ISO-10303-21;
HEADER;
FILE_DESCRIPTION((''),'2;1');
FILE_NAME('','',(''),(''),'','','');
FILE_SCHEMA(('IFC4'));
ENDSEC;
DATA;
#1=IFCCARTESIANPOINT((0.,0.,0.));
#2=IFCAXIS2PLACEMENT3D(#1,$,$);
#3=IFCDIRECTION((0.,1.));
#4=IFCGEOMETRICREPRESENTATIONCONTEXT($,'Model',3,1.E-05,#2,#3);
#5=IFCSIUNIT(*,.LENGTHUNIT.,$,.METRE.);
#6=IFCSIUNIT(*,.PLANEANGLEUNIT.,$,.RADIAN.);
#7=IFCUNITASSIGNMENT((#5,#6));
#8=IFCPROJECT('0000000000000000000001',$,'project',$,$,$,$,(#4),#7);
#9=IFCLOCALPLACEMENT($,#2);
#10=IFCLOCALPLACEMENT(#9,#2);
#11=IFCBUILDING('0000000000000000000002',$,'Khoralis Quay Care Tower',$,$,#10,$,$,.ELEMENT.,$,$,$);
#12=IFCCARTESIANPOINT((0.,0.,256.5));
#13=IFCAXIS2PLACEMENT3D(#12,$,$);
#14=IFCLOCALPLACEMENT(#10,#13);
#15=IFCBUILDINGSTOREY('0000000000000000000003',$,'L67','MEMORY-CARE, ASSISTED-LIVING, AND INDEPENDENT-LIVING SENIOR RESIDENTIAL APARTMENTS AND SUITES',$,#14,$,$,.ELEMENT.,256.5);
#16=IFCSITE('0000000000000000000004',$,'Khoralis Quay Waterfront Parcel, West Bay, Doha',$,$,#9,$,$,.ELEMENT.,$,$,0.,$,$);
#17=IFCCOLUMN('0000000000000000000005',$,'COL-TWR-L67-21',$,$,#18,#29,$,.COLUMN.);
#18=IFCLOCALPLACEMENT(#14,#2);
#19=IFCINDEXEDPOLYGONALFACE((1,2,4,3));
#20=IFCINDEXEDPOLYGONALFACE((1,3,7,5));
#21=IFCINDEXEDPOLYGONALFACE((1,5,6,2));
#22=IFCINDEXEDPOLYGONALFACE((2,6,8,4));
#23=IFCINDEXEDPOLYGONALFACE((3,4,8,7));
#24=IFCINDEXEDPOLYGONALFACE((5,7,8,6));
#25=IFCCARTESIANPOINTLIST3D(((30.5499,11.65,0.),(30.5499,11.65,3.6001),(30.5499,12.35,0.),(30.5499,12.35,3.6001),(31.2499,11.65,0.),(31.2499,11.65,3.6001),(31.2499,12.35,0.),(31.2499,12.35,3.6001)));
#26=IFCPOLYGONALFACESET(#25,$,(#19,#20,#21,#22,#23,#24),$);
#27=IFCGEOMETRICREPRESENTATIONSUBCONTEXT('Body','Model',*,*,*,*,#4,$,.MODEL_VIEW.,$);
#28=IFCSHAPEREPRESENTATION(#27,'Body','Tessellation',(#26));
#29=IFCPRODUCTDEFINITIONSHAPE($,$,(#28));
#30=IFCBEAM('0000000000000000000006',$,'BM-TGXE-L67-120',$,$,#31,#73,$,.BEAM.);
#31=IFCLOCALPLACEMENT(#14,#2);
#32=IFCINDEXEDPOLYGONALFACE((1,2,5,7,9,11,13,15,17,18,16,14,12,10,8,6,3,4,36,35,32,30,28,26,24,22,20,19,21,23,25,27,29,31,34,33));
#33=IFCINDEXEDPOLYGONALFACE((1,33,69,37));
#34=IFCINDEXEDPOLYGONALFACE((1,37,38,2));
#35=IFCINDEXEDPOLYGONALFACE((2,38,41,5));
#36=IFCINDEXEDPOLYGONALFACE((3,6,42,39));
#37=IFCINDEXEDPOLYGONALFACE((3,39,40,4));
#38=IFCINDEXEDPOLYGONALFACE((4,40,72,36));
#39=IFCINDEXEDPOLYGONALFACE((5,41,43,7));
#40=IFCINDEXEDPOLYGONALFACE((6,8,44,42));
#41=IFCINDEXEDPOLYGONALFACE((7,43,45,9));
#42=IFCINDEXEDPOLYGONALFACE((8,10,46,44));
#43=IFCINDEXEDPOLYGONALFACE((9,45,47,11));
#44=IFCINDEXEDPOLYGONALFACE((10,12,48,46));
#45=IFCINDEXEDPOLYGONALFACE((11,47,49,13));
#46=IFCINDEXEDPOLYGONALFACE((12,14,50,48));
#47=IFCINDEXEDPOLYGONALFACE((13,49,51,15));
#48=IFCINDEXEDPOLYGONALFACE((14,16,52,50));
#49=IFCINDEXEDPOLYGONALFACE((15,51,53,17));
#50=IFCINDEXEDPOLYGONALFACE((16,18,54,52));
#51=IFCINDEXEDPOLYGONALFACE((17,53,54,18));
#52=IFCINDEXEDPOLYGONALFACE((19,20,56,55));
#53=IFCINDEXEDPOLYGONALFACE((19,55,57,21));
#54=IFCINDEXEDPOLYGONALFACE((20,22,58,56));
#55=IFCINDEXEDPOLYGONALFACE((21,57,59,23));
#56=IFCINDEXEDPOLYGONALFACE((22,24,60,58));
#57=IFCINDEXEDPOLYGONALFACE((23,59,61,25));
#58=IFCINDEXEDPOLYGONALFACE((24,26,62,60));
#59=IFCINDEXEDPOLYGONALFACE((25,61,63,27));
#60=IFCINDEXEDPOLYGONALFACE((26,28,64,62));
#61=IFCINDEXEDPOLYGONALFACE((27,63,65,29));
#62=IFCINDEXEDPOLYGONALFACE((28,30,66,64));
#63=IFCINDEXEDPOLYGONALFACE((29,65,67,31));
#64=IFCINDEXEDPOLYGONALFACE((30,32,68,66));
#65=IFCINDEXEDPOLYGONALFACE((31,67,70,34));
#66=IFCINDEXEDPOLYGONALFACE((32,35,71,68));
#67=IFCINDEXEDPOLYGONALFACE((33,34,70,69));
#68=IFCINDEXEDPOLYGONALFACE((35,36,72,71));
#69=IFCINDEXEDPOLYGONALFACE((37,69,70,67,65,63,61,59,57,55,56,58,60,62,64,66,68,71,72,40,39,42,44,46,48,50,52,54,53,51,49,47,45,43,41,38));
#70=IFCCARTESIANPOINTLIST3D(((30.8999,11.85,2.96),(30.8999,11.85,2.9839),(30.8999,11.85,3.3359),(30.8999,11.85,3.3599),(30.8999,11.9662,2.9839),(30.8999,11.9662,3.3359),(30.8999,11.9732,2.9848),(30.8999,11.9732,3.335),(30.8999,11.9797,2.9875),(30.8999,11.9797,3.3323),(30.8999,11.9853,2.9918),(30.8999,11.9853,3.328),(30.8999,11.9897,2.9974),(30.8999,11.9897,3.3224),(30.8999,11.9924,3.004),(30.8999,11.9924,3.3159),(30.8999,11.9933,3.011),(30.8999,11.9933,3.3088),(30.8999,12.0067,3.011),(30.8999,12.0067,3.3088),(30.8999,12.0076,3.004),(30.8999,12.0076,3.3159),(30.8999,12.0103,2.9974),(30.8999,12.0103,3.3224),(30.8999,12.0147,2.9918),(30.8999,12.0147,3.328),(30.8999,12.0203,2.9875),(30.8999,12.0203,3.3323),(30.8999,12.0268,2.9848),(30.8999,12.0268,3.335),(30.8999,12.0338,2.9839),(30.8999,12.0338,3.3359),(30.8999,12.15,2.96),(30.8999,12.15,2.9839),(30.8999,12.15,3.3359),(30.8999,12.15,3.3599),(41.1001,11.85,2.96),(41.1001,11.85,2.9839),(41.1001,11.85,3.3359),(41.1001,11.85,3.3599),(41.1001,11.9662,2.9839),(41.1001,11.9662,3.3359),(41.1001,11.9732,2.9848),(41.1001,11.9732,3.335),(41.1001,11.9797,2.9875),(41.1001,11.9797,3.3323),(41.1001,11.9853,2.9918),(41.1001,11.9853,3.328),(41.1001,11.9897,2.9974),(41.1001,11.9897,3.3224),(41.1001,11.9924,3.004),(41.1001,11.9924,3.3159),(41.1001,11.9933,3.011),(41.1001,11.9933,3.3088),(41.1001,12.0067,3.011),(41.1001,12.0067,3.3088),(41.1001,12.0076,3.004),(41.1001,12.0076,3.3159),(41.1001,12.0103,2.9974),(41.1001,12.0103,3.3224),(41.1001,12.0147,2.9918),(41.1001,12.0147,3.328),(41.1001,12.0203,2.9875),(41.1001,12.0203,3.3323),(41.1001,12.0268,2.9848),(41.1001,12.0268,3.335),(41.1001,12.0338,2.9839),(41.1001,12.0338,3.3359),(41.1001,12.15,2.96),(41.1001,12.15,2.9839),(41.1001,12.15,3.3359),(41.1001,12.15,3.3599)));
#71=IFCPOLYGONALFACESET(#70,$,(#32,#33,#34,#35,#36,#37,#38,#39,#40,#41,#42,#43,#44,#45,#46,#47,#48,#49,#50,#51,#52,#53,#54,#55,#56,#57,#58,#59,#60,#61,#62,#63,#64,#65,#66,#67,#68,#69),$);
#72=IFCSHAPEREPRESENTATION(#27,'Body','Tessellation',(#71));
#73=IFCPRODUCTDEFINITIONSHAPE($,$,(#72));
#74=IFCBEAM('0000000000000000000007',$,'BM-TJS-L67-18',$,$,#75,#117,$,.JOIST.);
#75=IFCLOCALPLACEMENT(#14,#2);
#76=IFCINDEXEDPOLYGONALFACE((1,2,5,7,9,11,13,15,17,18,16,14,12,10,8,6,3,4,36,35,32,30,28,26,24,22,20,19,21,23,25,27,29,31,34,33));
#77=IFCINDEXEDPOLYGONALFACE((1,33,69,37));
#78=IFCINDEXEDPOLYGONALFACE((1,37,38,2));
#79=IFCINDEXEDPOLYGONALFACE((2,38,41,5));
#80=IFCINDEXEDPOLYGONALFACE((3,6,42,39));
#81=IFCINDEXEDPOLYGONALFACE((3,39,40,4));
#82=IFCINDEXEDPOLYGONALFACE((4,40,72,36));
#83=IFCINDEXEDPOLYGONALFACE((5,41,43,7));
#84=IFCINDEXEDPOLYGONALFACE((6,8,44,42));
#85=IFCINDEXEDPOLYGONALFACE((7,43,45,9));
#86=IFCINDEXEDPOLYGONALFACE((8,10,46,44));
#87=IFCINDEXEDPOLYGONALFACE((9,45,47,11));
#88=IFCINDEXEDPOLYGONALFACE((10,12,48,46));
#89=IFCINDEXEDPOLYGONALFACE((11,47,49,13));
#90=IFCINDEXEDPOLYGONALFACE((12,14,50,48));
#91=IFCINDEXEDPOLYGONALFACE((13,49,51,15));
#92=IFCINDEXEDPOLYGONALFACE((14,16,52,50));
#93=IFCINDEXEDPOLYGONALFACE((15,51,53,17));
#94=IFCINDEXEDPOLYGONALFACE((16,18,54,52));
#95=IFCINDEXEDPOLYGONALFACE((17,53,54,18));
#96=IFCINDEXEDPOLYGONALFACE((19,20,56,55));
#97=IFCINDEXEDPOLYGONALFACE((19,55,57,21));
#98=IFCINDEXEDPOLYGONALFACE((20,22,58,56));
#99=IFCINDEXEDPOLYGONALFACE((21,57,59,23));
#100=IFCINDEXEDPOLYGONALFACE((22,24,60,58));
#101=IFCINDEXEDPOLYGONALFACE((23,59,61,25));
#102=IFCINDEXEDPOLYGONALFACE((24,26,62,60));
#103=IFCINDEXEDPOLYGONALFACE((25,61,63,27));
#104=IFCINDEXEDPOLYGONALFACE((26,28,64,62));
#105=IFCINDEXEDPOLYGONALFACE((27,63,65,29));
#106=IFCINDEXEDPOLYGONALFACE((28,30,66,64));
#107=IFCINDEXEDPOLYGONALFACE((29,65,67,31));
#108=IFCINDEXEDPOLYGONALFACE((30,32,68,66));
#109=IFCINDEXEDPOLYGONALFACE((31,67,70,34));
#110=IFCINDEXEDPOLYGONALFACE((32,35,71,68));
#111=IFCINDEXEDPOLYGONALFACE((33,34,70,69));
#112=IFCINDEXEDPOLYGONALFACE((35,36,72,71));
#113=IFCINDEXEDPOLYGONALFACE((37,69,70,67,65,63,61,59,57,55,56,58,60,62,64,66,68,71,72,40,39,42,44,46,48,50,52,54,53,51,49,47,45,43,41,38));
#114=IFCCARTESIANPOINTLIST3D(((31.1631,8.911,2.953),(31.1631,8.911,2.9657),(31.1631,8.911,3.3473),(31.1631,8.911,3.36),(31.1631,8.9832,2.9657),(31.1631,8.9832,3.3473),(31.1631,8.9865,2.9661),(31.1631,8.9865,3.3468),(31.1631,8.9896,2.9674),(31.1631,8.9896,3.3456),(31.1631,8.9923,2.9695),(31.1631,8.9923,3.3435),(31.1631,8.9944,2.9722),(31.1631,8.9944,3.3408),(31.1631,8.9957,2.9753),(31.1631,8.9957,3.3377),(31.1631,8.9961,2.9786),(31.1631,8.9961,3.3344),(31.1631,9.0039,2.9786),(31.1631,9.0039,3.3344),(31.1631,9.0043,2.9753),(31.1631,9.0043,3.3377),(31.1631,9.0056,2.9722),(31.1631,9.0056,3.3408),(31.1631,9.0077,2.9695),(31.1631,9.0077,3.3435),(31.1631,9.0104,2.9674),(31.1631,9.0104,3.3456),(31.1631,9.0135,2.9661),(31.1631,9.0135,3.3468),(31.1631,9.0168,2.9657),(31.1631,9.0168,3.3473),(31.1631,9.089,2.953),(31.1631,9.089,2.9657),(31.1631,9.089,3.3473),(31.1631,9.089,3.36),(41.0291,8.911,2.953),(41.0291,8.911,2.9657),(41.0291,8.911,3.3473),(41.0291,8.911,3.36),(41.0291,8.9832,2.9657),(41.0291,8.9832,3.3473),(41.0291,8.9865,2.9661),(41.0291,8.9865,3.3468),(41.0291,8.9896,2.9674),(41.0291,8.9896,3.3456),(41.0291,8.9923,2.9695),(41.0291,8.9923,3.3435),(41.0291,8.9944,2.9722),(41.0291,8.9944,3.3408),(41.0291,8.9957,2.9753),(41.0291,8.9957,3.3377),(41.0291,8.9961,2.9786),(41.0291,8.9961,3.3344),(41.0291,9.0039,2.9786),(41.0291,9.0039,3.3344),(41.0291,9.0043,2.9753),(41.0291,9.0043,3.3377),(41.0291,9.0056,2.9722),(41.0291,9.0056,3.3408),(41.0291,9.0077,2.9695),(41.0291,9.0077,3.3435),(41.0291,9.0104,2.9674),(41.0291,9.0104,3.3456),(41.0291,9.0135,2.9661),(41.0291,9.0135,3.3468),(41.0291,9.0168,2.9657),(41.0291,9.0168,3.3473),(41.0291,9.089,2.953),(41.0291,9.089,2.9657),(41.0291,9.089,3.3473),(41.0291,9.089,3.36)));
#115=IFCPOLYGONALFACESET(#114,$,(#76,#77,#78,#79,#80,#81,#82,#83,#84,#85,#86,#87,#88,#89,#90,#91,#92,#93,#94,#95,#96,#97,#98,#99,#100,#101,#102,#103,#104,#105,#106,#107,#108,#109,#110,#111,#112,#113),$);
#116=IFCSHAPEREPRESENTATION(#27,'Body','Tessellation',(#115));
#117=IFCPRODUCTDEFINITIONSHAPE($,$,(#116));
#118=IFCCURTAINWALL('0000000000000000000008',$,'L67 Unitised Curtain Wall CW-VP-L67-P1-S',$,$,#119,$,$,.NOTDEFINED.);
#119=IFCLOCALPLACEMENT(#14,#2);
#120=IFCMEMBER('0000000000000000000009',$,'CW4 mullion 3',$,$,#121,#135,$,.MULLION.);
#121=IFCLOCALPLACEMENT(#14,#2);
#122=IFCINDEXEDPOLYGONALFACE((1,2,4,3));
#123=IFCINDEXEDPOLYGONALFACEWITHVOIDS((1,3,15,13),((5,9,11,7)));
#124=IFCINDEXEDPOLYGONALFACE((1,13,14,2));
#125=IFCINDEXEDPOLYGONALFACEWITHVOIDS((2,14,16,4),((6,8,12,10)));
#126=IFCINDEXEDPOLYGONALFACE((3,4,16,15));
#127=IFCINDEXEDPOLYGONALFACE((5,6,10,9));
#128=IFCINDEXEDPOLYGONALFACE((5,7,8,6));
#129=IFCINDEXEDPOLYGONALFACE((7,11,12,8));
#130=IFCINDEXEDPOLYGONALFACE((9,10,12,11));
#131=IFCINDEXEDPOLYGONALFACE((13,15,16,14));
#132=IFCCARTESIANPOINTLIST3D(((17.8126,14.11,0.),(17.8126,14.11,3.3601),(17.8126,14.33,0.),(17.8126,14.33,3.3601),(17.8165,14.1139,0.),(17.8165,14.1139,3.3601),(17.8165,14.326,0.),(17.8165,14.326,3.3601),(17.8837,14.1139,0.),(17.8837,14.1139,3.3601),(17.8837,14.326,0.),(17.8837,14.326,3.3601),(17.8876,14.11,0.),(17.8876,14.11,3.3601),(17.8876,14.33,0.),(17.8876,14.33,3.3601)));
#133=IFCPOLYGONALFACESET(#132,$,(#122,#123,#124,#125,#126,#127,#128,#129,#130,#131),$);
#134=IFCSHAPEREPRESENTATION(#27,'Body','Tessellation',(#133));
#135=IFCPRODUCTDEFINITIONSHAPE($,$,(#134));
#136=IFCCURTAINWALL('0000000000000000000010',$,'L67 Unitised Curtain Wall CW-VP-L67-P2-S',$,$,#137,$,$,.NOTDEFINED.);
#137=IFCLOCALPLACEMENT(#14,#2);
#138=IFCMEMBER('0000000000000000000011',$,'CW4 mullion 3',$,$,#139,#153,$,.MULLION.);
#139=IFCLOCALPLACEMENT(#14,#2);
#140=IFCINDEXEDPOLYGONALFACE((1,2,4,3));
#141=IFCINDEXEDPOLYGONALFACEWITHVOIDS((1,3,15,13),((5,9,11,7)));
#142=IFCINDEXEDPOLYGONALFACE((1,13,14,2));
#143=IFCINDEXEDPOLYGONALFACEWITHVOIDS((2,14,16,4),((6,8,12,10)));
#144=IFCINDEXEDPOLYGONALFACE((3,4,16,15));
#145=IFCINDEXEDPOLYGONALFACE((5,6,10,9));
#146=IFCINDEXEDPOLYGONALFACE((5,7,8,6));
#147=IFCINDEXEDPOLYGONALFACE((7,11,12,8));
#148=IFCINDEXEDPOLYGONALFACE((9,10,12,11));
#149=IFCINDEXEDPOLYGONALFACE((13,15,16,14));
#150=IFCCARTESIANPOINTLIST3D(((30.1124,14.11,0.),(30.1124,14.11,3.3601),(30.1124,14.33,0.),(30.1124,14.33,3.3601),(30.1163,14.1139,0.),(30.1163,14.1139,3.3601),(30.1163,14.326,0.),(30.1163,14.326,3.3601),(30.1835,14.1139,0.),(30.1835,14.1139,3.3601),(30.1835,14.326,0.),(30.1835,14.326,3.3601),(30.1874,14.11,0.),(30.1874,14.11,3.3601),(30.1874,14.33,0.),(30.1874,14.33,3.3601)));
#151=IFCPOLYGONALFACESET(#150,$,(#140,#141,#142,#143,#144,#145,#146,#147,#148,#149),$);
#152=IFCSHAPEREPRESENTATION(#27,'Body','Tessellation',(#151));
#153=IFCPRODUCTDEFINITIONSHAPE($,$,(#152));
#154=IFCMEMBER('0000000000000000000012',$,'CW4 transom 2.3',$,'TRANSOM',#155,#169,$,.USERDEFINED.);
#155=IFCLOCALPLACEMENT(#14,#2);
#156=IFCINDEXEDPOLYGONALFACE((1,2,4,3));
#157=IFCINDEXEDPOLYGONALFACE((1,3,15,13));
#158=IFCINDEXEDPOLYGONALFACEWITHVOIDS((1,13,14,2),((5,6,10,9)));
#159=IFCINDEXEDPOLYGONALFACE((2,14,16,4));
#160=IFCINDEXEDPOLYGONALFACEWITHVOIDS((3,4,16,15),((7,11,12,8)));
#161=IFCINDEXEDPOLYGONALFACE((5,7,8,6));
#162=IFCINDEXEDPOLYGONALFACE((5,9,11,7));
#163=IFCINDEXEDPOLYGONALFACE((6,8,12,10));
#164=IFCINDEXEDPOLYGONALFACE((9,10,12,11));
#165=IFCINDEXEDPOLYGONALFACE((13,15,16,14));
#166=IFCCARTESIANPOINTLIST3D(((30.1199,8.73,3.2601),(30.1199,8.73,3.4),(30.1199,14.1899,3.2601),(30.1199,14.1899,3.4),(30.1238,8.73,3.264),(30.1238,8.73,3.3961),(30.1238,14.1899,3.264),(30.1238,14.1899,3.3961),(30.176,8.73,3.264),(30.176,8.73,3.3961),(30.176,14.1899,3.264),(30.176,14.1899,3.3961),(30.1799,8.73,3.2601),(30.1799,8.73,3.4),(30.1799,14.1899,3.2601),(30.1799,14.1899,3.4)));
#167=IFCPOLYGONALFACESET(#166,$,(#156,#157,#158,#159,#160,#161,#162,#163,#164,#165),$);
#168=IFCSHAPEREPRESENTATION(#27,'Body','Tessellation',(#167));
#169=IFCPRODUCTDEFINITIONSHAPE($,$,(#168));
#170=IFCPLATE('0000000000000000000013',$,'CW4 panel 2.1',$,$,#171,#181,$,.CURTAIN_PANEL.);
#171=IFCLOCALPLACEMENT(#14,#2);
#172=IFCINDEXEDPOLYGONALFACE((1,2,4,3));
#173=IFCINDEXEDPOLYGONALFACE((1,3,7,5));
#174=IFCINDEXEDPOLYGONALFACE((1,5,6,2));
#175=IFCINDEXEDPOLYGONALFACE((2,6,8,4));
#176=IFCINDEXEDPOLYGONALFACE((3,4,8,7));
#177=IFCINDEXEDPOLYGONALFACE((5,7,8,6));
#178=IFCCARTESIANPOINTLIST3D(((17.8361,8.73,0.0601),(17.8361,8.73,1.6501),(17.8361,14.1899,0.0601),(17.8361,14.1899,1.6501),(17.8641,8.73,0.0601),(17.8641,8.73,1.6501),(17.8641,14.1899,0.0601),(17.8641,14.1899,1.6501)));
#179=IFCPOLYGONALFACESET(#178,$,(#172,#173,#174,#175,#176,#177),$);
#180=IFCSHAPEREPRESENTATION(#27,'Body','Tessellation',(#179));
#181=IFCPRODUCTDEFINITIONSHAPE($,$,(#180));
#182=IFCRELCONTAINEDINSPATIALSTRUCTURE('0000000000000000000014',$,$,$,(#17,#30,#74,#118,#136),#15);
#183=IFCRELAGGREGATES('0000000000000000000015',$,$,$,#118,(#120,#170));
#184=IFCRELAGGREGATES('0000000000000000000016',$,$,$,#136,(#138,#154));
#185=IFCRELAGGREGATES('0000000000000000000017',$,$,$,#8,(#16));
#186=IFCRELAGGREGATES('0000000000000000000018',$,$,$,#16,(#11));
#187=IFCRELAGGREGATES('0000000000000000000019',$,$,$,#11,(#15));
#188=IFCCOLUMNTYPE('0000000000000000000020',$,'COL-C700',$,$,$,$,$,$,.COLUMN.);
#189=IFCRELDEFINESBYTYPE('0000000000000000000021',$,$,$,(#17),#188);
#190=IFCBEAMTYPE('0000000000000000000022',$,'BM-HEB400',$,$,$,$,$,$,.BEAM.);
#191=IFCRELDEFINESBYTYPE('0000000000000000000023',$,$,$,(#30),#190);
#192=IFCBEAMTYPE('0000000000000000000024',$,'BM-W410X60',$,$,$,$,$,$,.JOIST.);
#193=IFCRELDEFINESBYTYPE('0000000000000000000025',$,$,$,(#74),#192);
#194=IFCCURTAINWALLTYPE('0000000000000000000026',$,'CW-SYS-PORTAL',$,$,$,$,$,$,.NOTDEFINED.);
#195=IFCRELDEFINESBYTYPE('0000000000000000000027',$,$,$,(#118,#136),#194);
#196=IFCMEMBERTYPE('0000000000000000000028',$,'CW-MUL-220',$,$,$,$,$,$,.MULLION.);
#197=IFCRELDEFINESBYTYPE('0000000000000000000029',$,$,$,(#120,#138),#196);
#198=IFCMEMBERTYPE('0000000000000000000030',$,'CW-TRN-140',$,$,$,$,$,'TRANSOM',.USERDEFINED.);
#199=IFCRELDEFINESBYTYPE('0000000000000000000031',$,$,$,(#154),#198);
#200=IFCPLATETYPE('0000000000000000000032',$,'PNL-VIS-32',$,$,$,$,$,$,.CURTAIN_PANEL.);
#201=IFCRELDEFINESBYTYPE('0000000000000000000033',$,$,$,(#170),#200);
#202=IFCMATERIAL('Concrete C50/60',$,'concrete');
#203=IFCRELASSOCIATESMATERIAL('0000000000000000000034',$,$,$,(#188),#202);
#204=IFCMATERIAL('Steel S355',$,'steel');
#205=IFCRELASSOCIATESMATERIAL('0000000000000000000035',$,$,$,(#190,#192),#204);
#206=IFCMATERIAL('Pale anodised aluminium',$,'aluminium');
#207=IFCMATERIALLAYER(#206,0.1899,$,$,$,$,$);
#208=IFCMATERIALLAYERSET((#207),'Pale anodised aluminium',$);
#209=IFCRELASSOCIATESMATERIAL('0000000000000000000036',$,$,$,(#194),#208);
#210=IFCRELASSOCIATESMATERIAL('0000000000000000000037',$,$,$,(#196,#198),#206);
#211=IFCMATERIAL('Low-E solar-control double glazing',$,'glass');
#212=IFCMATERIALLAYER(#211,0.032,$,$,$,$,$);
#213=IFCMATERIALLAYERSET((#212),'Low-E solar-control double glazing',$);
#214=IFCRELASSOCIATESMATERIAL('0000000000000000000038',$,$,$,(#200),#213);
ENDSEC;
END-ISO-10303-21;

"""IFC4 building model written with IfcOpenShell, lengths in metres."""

from ifc_helpers import new_model, si_unit, direction, frame, origin, origin_2d, place, context, subcontext, project, spatial, rectangle, hollow_rectangle, i_section, extrude, source, transform, mapped, material, layer, layer_set, material_profile, profile_set, type_object, element, aggregate, save


model = new_model("IFC4")

# Units and contexts
model_context = context("Model", 3, precision=1e-05, world=origin(), true_north=direction((0.0, 1.0)))
body_context = subcontext(model_context, "Body", "Model", "MODEL_VIEW")
ifc_project = project(units=[si_unit("LENGTHUNIT", "METRE"), si_unit("PLANEANGLEUNIT", "RADIAN")], contexts=[model_context])

# Site, building, storey
site_placement = place(None, origin())
site = spatial("IfcSite", under=ifc_project, at=site_placement, Name="Khoralis Quay Waterfront Parcel, West Bay, Doha", CompositionType="ELEMENT", RefElevation=0.0)
building_placement = place(site_placement, origin())
building = spatial("IfcBuilding", under=site, at=building_placement, Name="Khoralis Quay Care Tower", CompositionType="ELEMENT")
storey_placement = place(building_placement, frame((0.0, 0.0, 256.5)))
storey = spatial("IfcBuildingStorey", under=building, at=storey_placement, Name="L67", Description="MEMORY-CARE, ASSISTED-LIVING, AND INDEPENDENT-LIVING SENIOR RESIDENTIAL APARTMENTS AND SUITES", CompositionType="ELEMENT", Elevation=256.5)

# Column
ifc_material_1 = material(Name="Concrete C50/60", Category="concrete")
ifc_material_profile_1 = material_profile(ifc_material_1, rectangle(XDim=0.7, YDim=0.7, at=origin_2d()), Name="Concrete C50/60")
ifc_profile_set_1 = profile_set([ifc_material_profile_1], Name="Concrete C50/60")
column_type = type_object("IfcColumnType", Name="COL-C700", PredefinedType="COLUMN", material=ifc_profile_set_1)
shared_shape_1 = source(origin(), body_context, "Body", "SweptSolid", [
    extrude(rectangle(XDim=0.7, YDim=0.7, at=origin_2d()), origin(), (0.0, 0.0, 1.0), 3.6001),
])
column_placement = place(storey_placement, frame((30.8999, 12.0, 0.0), z_axis=(0.0, 0.0, 1.0), x_axis=(1.0, 0.0, 0.0)))
element("IfcColumn", 1, at=column_placement, inside=storey, type_object=column_type, Name="COL-TWR-L67-21", PredefinedType="COLUMN", context=body_context, shape_type="MappedRepresentation", body=[
    mapped(shared_shape_1, transform((0.0, 0.0, 0.0), scale=1.0)),
])

# Beams
ifc_material_2 = material(Name="Steel S355", Category="steel")
ifc_material_profile_2 = material_profile(ifc_material_2, i_section(OverallWidth=0.3, OverallDepth=0.3999, WebThickness=0.0134, FlangeThickness=0.0239, FilletRadius=0.0271, at=origin_2d()), Name="Steel S355")
ifc_profile_set_2 = profile_set([ifc_material_profile_2], Name="Steel S355")
beam_type_1 = type_object("IfcBeamType", Name="BM-HEB400", PredefinedType="BEAM", material=ifc_profile_set_2)
shared_shape_2 = source(origin(), body_context, "Body", "SweptSolid", [
    extrude(i_section(OverallWidth=0.3, OverallDepth=0.3999, WebThickness=0.0134, FlangeThickness=0.0239, FilletRadius=0.0271, at=origin_2d()), origin(), (0.0, 0.0, 1.0), 10.2002),
])
beam_1_placement = place(storey_placement, frame((30.8999, 12.0, 3.1599), z_axis=(1.0, 0.0, 0.0), x_axis=(0.0, 1.0, 0.0)))
element("IfcBeam", 2, at=beam_1_placement, inside=storey, type_object=beam_type_1, Name="BM-TGXE-L67-120", PredefinedType="BEAM", context=body_context, shape_type="MappedRepresentation", body=[
    mapped(shared_shape_2, transform((0.0, 0.0, 0.0), scale=1.0)),
])
ifc_material_profile_3 = material_profile(ifc_material_2, i_section(OverallWidth=0.178, OverallDepth=0.407, WebThickness=0.0078, FlangeThickness=0.0127, FilletRadius=0.0129, at=origin_2d()), Name="Steel S355")
ifc_profile_set_3 = profile_set([ifc_material_profile_3], Name="Steel S355")
beam_type_2 = type_object("IfcBeamType", Name="BM-W410X60", PredefinedType="JOIST", material=ifc_profile_set_3)
shared_shape_3 = source(origin(), body_context, "Body", "SweptSolid", [
    extrude(i_section(OverallWidth=0.178, OverallDepth=0.407, WebThickness=0.0078, FlangeThickness=0.0127, FilletRadius=0.0129, at=origin_2d()), origin(), (0.0, 0.0, 1.0), 9.866),
])
beam_2_placement = place(storey_placement, frame((31.1631, 9.0, 3.1565), z_axis=(1.0, 0.0, 0.0), x_axis=(0.0, 1.0, 0.0)))
element("IfcBeam", 3, at=beam_2_placement, inside=storey, type_object=beam_type_2, Name="BM-TJS-L67-18", PredefinedType="JOIST", context=body_context, shape_type="MappedRepresentation", body=[
    mapped(shared_shape_3, transform((0.0, 0.0, 0.0), scale=1.0)),
])

# Curtain wall, member
ifc_material_3 = material(Name="Pale anodised aluminium", Category="aluminium")
ifc_layer_1 = layer(ifc_material_3, 0.1899)
ifc_layer_set_1 = layer_set([ifc_layer_1], Name="Pale anodised aluminium")
curtain_wall_type = type_object("IfcCurtainWallType", Name="CW-SYS-PORTAL", PredefinedType="NOTDEFINED", material=ifc_layer_set_1)
curtain_wall_1_placement = place(storey_placement, origin())
curtain_wall_1 = element("IfcCurtainWall", 4, at=curtain_wall_1_placement, inside=storey, type_object=curtain_wall_type, Name="L67 Unitised Curtain Wall CW-VP-L67-P1-S", PredefinedType="NOTDEFINED")
ifc_material_profile_4 = material_profile(ifc_material_3, hollow_rectangle(XDim=0.075, YDim=0.22, WallThickness=0.0039, at=origin_2d()), Name="Pale anodised aluminium")
ifc_profile_set_4 = profile_set([ifc_material_profile_4], Name="Pale anodised aluminium")
member_type_1 = type_object("IfcMemberType", Name="CW-MUL-220", PredefinedType="MULLION", material=ifc_profile_set_4)
shared_shape_4 = source(origin(), body_context, "Body", "SweptSolid", [
    extrude(hollow_rectangle(XDim=0.075, YDim=0.22, WallThickness=0.0039, at=origin_2d()), origin(), (0.0, 0.0, 1.0), 3.3601),
])
member_1_placement = place(storey_placement, frame((17.8501, 14.22, 0.0), z_axis=(0.0, 0.0, 1.0), x_axis=(-1.0, 0.0, 0.0)))
member_1 = element("IfcMember", 5, at=member_1_placement, type_object=member_type_1, Name="CW4 mullion 3", PredefinedType="MULLION", context=body_context, shape_type="MappedRepresentation", body=[
    mapped(shared_shape_4, transform((0.0, 0.0, 0.0), scale=1.0)),
])

# Curtain wall, members
curtain_wall_2_placement = place(storey_placement, origin())
curtain_wall_2 = element("IfcCurtainWall", 6, at=curtain_wall_2_placement, inside=storey, type_object=curtain_wall_type, Name="L67 Unitised Curtain Wall CW-VP-L67-P2-S", PredefinedType="NOTDEFINED")
member_2_placement = place(storey_placement, frame((30.1499, 14.22, 0.0), z_axis=(0.0, 0.0, 1.0), x_axis=(-1.0, 0.0, 0.0)))
member_2 = element("IfcMember", 7, at=member_2_placement, type_object=member_type_1, Name="CW4 mullion 3", PredefinedType="MULLION", context=body_context, shape_type="MappedRepresentation", body=[
    mapped(shared_shape_4, transform((0.0, 0.0, 0.0), scale=1.0)),
])
ifc_material_profile_5 = material_profile(ifc_material_3, hollow_rectangle(XDim=0.0601, YDim=0.1399, WallThickness=0.0039, at=origin_2d()), Name="Pale anodised aluminium")
ifc_profile_set_5 = profile_set([ifc_material_profile_5], Name="Pale anodised aluminium")
member_type_2 = type_object("IfcMemberType", Name="CW-TRN-140", ElementType="TRANSOM", PredefinedType="USERDEFINED", material=ifc_profile_set_5)
shared_shape_5 = source(origin(), body_context, "Body", "SweptSolid", [
    extrude(hollow_rectangle(XDim=0.0601, YDim=0.1399, WallThickness=0.0039, at=origin_2d()), origin(), (0.0, 0.0, 1.0), 5.46),
])
member_3_placement = place(storey_placement, frame((30.1499, 8.73, 3.3301), z_axis=(0.0, 1.0, 0.0), x_axis=(-1.0, 0.0, 0.0)))
member_3 = element("IfcMember", 8, at=member_3_placement, type_object=member_type_2, Name="CW4 transom 2.3", ObjectType="TRANSOM", PredefinedType="USERDEFINED", context=body_context, shape_type="MappedRepresentation", body=[
    mapped(shared_shape_5, transform((0.0, 0.0, 0.0), scale=1.0)),
])

# Plate
ifc_material_4 = material(Name="Low-E solar-control double glazing", Category="glass")
ifc_layer_2 = layer(ifc_material_4, 0.032)
ifc_layer_set_2 = layer_set([ifc_layer_2], Name="Low-E solar-control double glazing")
plate_type = type_object("IfcPlateType", Name="PNL-VIS-32", PredefinedType="CURTAIN_PANEL", material=ifc_layer_set_2)
shared_shape_6 = source(origin(), body_context, "Body", "SweptSolid", [
    extrude(rectangle(XDim=5.46, YDim=0.0281, at=origin_2d()), origin(), (0.0, 0.0, 1.0), 1.5901),
])
plate_1_placement = place(storey_placement, frame((17.8501, 11.46, 0.0601), z_axis=(0.0, 0.0, 1.0), x_axis=(0.0, 1.0, 0.0)))
plate_1 = element("IfcPlate", 9, at=plate_1_placement, type_object=plate_type, Name="CW4 panel 2.1", PredefinedType="CURTAIN_PANEL", context=body_context, shape_type="MappedRepresentation", body=[
    mapped(shared_shape_6, transform((0.0, 0.0, 0.0), scale=1.0)),
])
aggregate(curtain_wall_1, [member_1, plate_1])
aggregate(curtain_wall_2, [member_2, member_3])

save(model, "model.ifc")
